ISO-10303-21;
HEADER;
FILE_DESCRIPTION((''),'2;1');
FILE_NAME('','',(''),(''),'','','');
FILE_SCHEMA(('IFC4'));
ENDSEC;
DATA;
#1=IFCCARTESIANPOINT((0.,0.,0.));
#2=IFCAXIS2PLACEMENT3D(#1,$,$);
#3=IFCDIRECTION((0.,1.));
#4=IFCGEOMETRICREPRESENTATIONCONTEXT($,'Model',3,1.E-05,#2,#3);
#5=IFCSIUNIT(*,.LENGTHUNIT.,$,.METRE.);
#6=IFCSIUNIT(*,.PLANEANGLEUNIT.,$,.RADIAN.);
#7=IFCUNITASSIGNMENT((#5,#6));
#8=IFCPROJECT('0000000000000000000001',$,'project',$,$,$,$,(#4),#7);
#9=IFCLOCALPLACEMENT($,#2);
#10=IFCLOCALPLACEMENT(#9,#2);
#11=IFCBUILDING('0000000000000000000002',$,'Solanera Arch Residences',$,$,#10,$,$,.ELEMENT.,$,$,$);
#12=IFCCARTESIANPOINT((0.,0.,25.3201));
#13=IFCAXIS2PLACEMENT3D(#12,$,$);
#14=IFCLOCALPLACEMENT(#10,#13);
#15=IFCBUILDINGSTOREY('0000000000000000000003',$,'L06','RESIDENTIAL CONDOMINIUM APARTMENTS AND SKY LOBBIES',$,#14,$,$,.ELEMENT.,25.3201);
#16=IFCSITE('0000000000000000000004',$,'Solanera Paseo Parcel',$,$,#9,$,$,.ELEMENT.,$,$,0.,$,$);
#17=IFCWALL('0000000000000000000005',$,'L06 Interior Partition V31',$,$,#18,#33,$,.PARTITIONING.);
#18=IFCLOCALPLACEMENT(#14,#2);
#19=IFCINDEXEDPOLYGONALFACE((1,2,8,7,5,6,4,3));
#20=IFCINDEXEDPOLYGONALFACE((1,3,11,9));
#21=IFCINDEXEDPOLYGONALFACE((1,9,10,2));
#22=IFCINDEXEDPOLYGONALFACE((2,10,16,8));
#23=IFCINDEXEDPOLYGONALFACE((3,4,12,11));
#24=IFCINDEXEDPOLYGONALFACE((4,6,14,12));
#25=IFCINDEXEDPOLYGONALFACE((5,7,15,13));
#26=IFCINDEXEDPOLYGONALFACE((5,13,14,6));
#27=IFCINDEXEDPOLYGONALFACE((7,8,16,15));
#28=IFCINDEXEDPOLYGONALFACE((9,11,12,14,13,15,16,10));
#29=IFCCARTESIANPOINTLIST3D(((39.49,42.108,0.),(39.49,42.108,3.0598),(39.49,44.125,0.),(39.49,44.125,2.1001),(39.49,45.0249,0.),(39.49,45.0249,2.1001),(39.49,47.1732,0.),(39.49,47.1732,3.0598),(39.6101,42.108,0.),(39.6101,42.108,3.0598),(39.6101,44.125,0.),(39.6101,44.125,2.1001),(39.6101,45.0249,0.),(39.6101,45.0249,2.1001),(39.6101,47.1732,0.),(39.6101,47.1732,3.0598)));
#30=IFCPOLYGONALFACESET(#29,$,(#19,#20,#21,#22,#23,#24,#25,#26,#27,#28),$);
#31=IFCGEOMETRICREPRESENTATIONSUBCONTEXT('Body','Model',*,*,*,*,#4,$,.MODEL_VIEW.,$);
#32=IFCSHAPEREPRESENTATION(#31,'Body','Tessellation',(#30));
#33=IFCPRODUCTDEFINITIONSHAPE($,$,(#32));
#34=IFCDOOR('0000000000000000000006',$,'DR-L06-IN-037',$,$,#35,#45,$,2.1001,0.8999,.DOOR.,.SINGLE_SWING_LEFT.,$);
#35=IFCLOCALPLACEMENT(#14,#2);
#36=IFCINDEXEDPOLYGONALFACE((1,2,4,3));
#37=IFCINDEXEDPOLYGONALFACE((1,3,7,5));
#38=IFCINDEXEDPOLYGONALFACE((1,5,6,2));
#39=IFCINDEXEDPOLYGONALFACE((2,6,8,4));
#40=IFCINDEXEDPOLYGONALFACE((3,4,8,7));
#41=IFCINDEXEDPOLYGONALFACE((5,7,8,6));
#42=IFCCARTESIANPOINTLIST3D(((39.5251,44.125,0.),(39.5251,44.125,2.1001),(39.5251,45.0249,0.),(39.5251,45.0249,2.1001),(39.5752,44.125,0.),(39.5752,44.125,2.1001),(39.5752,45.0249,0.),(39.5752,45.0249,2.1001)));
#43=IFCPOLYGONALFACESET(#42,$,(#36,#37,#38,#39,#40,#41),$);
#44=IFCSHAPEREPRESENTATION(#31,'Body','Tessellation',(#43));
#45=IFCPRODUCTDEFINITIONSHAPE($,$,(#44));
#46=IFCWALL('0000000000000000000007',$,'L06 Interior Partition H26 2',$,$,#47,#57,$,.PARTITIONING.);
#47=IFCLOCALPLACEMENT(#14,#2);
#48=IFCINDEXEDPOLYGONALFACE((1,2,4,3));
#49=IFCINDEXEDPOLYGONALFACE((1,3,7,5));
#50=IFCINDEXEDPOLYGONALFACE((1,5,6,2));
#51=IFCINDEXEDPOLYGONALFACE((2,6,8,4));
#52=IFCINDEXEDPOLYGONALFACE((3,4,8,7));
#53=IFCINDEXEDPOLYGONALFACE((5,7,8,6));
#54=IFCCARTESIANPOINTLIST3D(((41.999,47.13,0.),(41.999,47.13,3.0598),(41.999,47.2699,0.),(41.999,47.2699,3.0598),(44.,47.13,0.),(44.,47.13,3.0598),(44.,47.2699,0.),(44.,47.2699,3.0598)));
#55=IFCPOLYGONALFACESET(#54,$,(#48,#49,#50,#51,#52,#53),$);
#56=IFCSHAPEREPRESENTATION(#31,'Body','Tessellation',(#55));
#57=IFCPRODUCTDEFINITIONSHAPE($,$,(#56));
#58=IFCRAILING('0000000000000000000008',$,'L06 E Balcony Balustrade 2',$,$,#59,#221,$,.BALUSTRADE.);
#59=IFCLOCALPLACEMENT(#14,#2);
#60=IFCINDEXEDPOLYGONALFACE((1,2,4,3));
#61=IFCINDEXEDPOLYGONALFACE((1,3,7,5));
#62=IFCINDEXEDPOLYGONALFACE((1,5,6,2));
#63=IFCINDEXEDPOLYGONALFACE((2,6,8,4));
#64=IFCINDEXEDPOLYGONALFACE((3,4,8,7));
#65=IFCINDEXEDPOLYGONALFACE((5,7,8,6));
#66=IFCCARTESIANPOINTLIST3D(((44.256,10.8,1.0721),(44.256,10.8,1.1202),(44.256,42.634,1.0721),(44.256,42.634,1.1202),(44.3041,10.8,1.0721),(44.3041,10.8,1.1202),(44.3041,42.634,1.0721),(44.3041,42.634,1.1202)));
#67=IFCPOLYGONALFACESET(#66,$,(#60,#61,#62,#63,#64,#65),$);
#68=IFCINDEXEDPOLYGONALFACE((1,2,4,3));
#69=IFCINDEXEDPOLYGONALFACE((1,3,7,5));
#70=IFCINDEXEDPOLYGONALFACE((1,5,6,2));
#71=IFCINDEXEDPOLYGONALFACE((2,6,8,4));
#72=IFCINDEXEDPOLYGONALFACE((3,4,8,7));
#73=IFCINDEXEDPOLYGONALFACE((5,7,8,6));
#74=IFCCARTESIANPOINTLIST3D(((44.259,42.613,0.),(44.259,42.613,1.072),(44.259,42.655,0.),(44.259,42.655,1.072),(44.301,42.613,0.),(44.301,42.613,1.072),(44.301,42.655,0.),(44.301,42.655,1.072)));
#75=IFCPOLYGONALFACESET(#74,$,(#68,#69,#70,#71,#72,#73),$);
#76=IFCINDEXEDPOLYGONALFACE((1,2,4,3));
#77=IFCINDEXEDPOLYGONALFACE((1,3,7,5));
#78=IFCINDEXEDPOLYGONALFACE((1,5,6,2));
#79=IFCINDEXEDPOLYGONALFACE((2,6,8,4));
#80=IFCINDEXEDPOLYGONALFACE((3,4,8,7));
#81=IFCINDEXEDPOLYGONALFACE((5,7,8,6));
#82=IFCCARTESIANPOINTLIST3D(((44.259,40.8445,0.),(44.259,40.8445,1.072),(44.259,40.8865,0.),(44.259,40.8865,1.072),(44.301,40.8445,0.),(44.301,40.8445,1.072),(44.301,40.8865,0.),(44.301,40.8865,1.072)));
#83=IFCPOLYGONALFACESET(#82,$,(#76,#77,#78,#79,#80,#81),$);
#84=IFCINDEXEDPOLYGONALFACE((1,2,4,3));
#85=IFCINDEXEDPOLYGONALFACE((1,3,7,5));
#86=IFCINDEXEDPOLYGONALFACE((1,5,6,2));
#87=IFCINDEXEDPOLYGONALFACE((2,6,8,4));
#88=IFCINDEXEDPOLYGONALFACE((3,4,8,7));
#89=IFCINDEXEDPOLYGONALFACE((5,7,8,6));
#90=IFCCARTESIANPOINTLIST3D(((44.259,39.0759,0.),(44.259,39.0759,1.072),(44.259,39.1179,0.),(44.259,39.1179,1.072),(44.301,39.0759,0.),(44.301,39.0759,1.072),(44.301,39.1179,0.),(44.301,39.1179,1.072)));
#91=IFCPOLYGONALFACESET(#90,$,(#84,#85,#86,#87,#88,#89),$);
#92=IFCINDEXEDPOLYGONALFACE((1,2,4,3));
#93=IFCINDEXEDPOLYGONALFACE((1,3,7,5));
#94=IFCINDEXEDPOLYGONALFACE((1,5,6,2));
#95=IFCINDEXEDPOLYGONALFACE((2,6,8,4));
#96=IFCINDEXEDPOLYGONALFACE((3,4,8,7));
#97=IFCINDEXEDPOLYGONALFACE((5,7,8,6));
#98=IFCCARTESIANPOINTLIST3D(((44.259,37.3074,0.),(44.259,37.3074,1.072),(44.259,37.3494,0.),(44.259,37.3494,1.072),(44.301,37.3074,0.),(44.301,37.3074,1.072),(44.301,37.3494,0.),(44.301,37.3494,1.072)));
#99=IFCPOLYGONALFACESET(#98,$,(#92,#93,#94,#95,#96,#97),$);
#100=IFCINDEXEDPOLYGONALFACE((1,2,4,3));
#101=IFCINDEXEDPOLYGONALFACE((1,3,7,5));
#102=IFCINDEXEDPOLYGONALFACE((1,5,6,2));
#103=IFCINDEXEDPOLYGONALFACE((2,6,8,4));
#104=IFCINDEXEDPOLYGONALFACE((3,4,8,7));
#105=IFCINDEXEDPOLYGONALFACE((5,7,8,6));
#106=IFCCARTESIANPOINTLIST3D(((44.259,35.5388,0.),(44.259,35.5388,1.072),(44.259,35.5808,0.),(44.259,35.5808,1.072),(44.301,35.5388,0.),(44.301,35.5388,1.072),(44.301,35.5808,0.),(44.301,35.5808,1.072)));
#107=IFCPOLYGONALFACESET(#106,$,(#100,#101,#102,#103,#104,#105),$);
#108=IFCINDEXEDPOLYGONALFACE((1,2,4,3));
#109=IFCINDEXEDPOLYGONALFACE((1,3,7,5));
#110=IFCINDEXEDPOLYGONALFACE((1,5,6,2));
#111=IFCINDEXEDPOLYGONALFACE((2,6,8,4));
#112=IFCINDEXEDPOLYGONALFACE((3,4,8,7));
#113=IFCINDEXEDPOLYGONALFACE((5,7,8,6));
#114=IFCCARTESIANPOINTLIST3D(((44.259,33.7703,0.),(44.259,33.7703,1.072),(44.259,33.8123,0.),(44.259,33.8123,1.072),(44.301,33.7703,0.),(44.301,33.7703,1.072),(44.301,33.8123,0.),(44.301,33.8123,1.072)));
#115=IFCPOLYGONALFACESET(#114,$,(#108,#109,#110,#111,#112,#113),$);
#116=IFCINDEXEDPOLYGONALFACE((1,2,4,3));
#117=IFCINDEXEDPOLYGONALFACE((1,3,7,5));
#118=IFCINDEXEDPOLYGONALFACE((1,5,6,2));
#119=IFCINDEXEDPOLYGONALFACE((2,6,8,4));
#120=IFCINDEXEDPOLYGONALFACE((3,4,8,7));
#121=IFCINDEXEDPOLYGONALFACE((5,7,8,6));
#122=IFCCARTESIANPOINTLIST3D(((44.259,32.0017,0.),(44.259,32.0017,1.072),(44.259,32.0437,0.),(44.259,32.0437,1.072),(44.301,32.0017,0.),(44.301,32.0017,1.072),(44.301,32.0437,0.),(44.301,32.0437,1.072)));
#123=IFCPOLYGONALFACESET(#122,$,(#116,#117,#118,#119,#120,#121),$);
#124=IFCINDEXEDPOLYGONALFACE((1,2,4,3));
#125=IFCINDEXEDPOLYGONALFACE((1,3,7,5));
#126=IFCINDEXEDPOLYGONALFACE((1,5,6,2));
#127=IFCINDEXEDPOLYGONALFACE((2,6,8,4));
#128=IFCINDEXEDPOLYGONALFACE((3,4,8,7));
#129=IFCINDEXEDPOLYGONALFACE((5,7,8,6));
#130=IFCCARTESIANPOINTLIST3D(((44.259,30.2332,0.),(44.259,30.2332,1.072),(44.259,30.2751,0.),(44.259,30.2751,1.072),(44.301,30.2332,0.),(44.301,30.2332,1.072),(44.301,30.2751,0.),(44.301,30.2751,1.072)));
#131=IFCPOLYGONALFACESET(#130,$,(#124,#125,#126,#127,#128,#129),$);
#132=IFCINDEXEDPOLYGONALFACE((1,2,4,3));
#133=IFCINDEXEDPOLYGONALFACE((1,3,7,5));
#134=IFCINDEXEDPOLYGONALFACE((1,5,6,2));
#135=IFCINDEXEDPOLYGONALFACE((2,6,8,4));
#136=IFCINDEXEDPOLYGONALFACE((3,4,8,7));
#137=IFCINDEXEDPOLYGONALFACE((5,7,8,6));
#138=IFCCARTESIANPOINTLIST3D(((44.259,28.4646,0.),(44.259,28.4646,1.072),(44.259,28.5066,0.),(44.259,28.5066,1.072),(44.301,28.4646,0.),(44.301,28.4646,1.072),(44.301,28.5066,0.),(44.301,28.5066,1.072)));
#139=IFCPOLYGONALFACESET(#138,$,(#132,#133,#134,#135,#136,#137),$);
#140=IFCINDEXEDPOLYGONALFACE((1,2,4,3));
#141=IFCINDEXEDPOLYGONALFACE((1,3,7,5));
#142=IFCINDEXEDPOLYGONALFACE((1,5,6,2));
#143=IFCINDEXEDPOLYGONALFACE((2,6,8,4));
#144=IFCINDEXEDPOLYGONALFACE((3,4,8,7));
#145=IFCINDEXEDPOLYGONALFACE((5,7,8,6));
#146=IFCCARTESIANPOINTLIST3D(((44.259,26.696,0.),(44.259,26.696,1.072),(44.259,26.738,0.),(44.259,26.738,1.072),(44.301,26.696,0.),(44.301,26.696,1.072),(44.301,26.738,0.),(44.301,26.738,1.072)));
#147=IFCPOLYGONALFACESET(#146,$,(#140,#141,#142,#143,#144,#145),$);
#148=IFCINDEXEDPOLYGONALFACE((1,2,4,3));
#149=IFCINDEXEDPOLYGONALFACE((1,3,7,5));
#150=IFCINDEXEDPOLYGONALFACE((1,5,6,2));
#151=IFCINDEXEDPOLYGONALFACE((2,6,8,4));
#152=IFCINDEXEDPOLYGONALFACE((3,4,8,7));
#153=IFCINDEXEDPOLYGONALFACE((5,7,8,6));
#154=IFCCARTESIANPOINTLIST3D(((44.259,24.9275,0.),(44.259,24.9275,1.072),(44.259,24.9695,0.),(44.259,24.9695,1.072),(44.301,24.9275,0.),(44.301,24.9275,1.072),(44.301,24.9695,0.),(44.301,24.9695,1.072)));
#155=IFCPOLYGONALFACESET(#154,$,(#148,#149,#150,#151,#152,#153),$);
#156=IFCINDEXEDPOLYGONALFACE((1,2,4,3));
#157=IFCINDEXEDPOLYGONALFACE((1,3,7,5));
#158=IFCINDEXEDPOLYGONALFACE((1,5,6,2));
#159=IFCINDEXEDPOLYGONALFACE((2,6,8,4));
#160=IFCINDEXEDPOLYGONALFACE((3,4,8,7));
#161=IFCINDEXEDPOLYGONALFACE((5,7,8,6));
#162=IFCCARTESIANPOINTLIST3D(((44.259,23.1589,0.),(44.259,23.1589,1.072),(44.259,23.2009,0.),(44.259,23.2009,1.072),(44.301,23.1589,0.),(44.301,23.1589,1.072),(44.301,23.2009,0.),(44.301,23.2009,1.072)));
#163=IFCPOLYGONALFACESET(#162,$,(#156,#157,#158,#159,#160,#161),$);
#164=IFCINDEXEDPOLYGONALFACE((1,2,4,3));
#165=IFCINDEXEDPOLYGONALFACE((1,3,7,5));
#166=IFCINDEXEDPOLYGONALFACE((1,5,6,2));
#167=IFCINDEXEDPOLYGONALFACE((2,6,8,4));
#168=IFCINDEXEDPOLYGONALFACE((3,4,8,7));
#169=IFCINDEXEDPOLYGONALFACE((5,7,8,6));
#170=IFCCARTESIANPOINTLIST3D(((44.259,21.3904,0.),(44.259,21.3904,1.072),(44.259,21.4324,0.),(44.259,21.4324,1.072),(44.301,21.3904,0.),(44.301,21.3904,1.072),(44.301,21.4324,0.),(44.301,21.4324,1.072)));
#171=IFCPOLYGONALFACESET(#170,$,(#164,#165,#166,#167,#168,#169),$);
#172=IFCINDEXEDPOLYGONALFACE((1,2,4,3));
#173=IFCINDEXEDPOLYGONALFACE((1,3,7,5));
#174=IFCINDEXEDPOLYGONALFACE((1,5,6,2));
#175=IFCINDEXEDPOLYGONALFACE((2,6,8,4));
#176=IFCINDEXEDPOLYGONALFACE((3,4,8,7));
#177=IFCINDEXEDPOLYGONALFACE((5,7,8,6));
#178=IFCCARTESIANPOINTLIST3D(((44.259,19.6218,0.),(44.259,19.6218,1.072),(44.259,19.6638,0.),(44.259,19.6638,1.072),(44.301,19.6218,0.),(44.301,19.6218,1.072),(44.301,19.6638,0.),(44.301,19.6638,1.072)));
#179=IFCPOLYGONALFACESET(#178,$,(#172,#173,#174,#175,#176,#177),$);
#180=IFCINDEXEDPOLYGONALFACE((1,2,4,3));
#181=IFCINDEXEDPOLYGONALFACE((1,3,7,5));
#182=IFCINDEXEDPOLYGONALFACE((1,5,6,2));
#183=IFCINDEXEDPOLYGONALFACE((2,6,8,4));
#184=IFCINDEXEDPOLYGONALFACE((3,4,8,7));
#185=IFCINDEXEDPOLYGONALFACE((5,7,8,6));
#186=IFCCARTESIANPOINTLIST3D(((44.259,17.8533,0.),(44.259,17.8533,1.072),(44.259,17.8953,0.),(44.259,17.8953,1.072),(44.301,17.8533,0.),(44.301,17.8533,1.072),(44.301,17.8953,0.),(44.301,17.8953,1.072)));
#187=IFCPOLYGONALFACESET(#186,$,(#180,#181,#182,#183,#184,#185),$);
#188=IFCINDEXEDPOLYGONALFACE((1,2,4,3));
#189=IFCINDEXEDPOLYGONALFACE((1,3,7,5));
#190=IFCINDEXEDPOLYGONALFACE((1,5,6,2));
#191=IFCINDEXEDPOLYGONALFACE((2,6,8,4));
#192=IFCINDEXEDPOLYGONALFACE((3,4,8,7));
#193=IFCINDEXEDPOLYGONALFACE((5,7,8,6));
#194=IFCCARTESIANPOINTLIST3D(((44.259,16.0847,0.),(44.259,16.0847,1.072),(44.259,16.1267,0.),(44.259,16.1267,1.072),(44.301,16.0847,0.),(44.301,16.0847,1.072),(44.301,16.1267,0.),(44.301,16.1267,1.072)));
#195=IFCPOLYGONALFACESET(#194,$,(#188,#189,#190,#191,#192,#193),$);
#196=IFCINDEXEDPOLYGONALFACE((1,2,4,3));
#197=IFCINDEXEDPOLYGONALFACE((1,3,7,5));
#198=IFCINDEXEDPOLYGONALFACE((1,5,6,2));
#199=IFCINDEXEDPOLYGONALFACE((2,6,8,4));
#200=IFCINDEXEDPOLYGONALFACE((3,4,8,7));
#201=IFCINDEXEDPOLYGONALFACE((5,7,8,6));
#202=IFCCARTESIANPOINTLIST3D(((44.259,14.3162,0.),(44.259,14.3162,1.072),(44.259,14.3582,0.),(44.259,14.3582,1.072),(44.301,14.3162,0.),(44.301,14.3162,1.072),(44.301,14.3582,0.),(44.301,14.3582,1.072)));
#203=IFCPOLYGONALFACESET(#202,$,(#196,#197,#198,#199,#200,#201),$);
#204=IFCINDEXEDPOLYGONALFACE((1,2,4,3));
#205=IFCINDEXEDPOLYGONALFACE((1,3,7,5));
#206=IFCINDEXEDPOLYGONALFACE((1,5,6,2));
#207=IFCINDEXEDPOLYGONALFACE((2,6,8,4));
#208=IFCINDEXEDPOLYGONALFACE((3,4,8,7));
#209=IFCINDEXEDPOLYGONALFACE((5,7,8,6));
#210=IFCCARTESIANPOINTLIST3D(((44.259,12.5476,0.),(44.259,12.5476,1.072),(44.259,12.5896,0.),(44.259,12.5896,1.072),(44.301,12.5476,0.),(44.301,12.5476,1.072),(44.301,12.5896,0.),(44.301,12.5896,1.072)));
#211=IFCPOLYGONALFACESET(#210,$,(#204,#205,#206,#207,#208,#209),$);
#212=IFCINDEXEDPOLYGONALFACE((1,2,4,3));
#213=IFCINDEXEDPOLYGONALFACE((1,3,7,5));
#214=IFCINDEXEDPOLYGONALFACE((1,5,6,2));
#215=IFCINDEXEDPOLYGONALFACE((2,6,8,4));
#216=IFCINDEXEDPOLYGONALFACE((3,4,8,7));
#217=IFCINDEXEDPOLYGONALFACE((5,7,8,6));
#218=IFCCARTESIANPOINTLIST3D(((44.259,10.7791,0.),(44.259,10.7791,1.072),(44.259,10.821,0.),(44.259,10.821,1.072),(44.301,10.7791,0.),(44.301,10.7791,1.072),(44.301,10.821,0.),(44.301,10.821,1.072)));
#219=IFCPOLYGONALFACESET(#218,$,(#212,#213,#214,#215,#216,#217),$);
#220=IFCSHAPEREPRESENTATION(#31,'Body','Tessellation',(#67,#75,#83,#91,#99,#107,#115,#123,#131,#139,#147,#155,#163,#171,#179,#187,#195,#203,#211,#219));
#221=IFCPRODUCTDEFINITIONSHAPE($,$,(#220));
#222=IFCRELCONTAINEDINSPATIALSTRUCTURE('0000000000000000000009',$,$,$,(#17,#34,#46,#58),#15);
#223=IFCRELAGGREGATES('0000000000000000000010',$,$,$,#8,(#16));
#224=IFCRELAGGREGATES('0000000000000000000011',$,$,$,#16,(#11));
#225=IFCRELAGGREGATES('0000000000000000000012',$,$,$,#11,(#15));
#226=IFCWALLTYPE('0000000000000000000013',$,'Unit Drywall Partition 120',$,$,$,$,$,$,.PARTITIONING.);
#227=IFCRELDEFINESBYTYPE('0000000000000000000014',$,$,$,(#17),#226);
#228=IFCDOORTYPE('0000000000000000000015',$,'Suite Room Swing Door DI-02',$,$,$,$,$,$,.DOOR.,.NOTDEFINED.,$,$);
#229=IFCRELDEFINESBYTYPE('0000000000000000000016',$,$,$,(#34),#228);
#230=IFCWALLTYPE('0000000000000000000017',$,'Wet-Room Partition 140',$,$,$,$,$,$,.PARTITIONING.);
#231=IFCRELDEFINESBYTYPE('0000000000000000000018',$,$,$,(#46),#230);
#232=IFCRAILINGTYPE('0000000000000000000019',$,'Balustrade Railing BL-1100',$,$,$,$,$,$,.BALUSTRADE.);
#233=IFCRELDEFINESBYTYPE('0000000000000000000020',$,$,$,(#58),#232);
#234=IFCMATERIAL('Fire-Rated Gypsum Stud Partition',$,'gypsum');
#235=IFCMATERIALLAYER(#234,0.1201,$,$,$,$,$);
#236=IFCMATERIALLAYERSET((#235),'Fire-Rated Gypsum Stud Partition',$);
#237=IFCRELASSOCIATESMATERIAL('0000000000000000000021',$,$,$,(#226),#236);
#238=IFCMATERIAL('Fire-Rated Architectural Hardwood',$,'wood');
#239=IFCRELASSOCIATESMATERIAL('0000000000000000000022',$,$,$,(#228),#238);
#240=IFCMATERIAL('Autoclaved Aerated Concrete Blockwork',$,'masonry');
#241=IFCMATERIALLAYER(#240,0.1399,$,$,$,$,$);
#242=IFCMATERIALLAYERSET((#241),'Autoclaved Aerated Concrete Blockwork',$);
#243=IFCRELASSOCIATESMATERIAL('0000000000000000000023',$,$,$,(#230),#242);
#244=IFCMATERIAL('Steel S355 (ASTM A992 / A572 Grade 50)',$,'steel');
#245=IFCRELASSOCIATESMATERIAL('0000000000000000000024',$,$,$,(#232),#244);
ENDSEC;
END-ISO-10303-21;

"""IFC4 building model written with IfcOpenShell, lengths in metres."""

from ifc_helpers import new_model, si_unit, direction, frame, frame_2d, origin, origin_2d, place, context, subcontext, project, spatial, rectangle, extrude, material, layer, layer_set, type_object, element, fill, save


model = new_model("IFC4")

# Units and contexts
model_context = context("Model", 3, precision=1e-05, world=origin(), true_north=direction((0.0, 1.0)))
body_context = subcontext(model_context, "Body", "Model", "MODEL_VIEW")
ifc_project = project(units=[si_unit("LENGTHUNIT", "METRE"), si_unit("PLANEANGLEUNIT", "RADIAN")], contexts=[model_context])

# Site, building, storey
site_placement = place(None, origin())
site = spatial("IfcSite", under=ifc_project, at=site_placement, Name="Solanera Paseo Parcel", CompositionType="ELEMENT", RefElevation=0.0)
building_placement = place(site_placement, origin())
building = spatial("IfcBuilding", under=site, at=building_placement, Name="Solanera Arch Residences", CompositionType="ELEMENT")
storey_placement = place(building_placement, frame((0.0, 0.0, 25.3201)))
storey = spatial("IfcBuildingStorey", under=building, at=storey_placement, Name="L06", Description="RESIDENTIAL CONDOMINIUM APARTMENTS AND SKY LOBBIES", CompositionType="ELEMENT", Elevation=25.3201)

# Wall, opening, door
ifc_material_1 = material(Name="Fire-Rated Gypsum Stud Partition", Category="gypsum")
ifc_layer_1 = layer(ifc_material_1, 0.1201)
ifc_layer_set_1 = layer_set([ifc_layer_1], Name="Fire-Rated Gypsum Stud Partition")
wall_type_1 = type_object("IfcWallType", Name="Unit Drywall Partition 120", PredefinedType="PARTITIONING", material=ifc_layer_set_1)
wall_1_placement = place(storey_placement, frame((39.55, 42.1079, 0.0), z_axis=(0.0, 0.0, 1.0), x_axis=(0.0, 1.0, 0.0)))
wall_1 = element("IfcWall", 1, at=wall_1_placement, inside=storey, type_object=wall_type_1, Name="L06 Interior Partition V31", PredefinedType="PARTITIONING", context=body_context, shape_type="SweptSolid", body=[
    extrude(rectangle(XDim=5.0652, YDim=0.1201, at=frame_2d((2.5327, 0.0))), origin(), (0.0, 0.0, 1.0), 3.0598),
])
opening_1_placement = place(wall_1_placement, frame((2.0171, 0.0, 0.0)))
opening_1 = element("IfcOpeningElement", 2, at=opening_1_placement, cuts=wall_1, PredefinedType="OPENING", context=body_context, shape_type="SweptSolid", body=[
    extrude(rectangle(XDim=0.8999, YDim=2.1001, at=frame_2d((0.45, 1.05))), frame((0.0, 0.0701, 0.0), z_axis=(0.0, -1.0, 0.0), x_axis=(1.0, 0.0, 0.0)), (0.0, 0.0, 1.0), 0.1401),
])
ifc_material_2 = material(Name="Fire-Rated Architectural Hardwood", Category="wood")
door_type_1 = type_object("IfcDoorType", Name="Suite Room Swing Door DI-02", OperationType="NOTDEFINED", PredefinedType="DOOR", material=ifc_material_2)
door_1_placement = place(opening_1_placement, origin())
door_1 = element("IfcDoor", 3, at=door_1_placement, inside=storey, type_object=door_type_1, Name="DR-L06-IN-037", OperationType="SINGLE_SWING_LEFT", OverallHeight=2.1001, OverallWidth=0.8999, PredefinedType="DOOR", context=body_context, shape_type="SweptSolid", body=[
    extrude(rectangle(XDim=0.8999, YDim=2.1001, at=frame_2d((0.45, 1.05))), frame((0.0, 0.0249, 0.0), z_axis=(0.0, -1.0, 0.0), x_axis=(1.0, 0.0, 0.0)), (0.0, 0.0, 1.0), 0.05),
])
fill(opening_1, door_1)

# Wall
ifc_material_3 = material(Name="Autoclaved Aerated Concrete Blockwork", Category="masonry")
ifc_layer_2 = layer(ifc_material_3, 0.1399)
ifc_layer_set_2 = layer_set([ifc_layer_2], Name="Autoclaved Aerated Concrete Blockwork")
wall_type_2 = type_object("IfcWallType", Name="Wet-Room Partition 140", PredefinedType="PARTITIONING", material=ifc_layer_set_2)
wall_2_placement = place(storey_placement, frame((41.999, 47.2, 0.0), z_axis=(0.0, 0.0, 1.0), x_axis=(1.0, 0.0, 0.0)))
element("IfcWall", 4, at=wall_2_placement, inside=storey, type_object=wall_type_2, Name="L06 Interior Partition H26 2", PredefinedType="PARTITIONING", context=body_context, shape_type="SweptSolid", body=[
    extrude(rectangle(XDim=2.001, YDim=0.1399, at=frame_2d((1.0005, 0.0))), origin(), (0.0, 0.0, 1.0), 3.0598),
])

# Railing
ifc_material_4 = material(Name="Steel S355 (ASTM A992 / A572 Grade 50)", Category="steel")
railing_type = type_object("IfcRailingType", Name="Balustrade Railing BL-1100", PredefinedType="BALUSTRADE", material=ifc_material_4)
railing_1_placement = place(storey_placement, frame((44.28, 42.634, 0.0)))
element("IfcRailing", 5, at=railing_1_placement, inside=storey, type_object=railing_type, Name="L06 E Balcony Balustrade 2", PredefinedType="BALUSTRADE", context=body_context, shape_type="SweptSolid", body=[
    extrude(rectangle(XDim=0.0481, YDim=0.0481, at=origin_2d()), frame((0.0, 0.0, 1.0962), z_axis=(0.0, -1.0, 0.0), x_axis=(1.0, 0.0, 0.0)), (0.0, 0.0, 1.0), 31.834),
    extrude(rectangle(XDim=0.042, YDim=0.042, at=origin_2d()), origin(), (0.0, 0.0, 1.0), 1.072),
    extrude(rectangle(XDim=0.042, YDim=0.042, at=origin_2d()), frame((0.0, -1.7686, 0.0)), (0.0, 0.0, 1.0), 1.072),
    extrude(rectangle(XDim=0.042, YDim=0.042, at=origin_2d()), frame((0.0, -3.5371, 0.0)), (0.0, 0.0, 1.0), 1.072),
    extrude(rectangle(XDim=0.042, YDim=0.042, at=origin_2d()), frame((0.0, -5.3057, 0.0)), (0.0, 0.0, 1.0), 1.072),
    extrude(rectangle(XDim=0.042, YDim=0.042, at=origin_2d()), frame((0.0, -7.0742, 0.0)), (0.0, 0.0, 1.0), 1.072),
    extrude(rectangle(XDim=0.042, YDim=0.042, at=origin_2d()), frame((0.0, -8.8428, 0.0)), (0.0, 0.0, 1.0), 1.072),
    extrude(rectangle(XDim=0.042, YDim=0.042, at=origin_2d()), frame((0.0, -10.6113, 0.0)), (0.0, 0.0, 1.0), 1.072),
    extrude(rectangle(XDim=0.042, YDim=0.042, at=origin_2d()), frame((0.0, -12.3799, 0.0)), (0.0, 0.0, 1.0), 1.072),
    extrude(rectangle(XDim=0.042, YDim=0.042, at=origin_2d()), frame((0.0, -14.1484, 0.0)), (0.0, 0.0, 1.0), 1.072),
    extrude(rectangle(XDim=0.042, YDim=0.042, at=origin_2d()), frame((0.0, -15.917, 0.0)), (0.0, 0.0, 1.0), 1.072),
    extrude(rectangle(XDim=0.042, YDim=0.042, at=origin_2d()), frame((0.0, -17.6855, 0.0)), (0.0, 0.0, 1.0), 1.072),
    extrude(rectangle(XDim=0.042, YDim=0.042, at=origin_2d()), frame((0.0, -19.4541, 0.0)), (0.0, 0.0, 1.0), 1.072),
    extrude(rectangle(XDim=0.042, YDim=0.042, at=origin_2d()), frame((0.0, -21.2227, 0.0)), (0.0, 0.0, 1.0), 1.072),
    extrude(rectangle(XDim=0.042, YDim=0.042, at=origin_2d()), frame((0.0, -22.9912, 0.0)), (0.0, 0.0, 1.0), 1.072),
    extrude(rectangle(XDim=0.042, YDim=0.042, at=origin_2d()), frame((0.0, -24.7598, 0.0)), (0.0, 0.0, 1.0), 1.072),
    extrude(rectangle(XDim=0.042, YDim=0.042, at=origin_2d()), frame((0.0, -26.5283, 0.0)), (0.0, 0.0, 1.0), 1.072),
    extrude(rectangle(XDim=0.042, YDim=0.042, at=origin_2d()), frame((0.0, -28.2969, 0.0)), (0.0, 0.0, 1.0), 1.072),
    extrude(rectangle(XDim=0.042, YDim=0.042, at=origin_2d()), frame((0.0, -30.0654, 0.0)), (0.0, 0.0, 1.0), 1.072),
    extrude(rectangle(XDim=0.042, YDim=0.042, at=origin_2d()), frame((0.0, -31.834, 0.0)), (0.0, 0.0, 1.0), 1.072),
])

save(model, "model.ifc")
